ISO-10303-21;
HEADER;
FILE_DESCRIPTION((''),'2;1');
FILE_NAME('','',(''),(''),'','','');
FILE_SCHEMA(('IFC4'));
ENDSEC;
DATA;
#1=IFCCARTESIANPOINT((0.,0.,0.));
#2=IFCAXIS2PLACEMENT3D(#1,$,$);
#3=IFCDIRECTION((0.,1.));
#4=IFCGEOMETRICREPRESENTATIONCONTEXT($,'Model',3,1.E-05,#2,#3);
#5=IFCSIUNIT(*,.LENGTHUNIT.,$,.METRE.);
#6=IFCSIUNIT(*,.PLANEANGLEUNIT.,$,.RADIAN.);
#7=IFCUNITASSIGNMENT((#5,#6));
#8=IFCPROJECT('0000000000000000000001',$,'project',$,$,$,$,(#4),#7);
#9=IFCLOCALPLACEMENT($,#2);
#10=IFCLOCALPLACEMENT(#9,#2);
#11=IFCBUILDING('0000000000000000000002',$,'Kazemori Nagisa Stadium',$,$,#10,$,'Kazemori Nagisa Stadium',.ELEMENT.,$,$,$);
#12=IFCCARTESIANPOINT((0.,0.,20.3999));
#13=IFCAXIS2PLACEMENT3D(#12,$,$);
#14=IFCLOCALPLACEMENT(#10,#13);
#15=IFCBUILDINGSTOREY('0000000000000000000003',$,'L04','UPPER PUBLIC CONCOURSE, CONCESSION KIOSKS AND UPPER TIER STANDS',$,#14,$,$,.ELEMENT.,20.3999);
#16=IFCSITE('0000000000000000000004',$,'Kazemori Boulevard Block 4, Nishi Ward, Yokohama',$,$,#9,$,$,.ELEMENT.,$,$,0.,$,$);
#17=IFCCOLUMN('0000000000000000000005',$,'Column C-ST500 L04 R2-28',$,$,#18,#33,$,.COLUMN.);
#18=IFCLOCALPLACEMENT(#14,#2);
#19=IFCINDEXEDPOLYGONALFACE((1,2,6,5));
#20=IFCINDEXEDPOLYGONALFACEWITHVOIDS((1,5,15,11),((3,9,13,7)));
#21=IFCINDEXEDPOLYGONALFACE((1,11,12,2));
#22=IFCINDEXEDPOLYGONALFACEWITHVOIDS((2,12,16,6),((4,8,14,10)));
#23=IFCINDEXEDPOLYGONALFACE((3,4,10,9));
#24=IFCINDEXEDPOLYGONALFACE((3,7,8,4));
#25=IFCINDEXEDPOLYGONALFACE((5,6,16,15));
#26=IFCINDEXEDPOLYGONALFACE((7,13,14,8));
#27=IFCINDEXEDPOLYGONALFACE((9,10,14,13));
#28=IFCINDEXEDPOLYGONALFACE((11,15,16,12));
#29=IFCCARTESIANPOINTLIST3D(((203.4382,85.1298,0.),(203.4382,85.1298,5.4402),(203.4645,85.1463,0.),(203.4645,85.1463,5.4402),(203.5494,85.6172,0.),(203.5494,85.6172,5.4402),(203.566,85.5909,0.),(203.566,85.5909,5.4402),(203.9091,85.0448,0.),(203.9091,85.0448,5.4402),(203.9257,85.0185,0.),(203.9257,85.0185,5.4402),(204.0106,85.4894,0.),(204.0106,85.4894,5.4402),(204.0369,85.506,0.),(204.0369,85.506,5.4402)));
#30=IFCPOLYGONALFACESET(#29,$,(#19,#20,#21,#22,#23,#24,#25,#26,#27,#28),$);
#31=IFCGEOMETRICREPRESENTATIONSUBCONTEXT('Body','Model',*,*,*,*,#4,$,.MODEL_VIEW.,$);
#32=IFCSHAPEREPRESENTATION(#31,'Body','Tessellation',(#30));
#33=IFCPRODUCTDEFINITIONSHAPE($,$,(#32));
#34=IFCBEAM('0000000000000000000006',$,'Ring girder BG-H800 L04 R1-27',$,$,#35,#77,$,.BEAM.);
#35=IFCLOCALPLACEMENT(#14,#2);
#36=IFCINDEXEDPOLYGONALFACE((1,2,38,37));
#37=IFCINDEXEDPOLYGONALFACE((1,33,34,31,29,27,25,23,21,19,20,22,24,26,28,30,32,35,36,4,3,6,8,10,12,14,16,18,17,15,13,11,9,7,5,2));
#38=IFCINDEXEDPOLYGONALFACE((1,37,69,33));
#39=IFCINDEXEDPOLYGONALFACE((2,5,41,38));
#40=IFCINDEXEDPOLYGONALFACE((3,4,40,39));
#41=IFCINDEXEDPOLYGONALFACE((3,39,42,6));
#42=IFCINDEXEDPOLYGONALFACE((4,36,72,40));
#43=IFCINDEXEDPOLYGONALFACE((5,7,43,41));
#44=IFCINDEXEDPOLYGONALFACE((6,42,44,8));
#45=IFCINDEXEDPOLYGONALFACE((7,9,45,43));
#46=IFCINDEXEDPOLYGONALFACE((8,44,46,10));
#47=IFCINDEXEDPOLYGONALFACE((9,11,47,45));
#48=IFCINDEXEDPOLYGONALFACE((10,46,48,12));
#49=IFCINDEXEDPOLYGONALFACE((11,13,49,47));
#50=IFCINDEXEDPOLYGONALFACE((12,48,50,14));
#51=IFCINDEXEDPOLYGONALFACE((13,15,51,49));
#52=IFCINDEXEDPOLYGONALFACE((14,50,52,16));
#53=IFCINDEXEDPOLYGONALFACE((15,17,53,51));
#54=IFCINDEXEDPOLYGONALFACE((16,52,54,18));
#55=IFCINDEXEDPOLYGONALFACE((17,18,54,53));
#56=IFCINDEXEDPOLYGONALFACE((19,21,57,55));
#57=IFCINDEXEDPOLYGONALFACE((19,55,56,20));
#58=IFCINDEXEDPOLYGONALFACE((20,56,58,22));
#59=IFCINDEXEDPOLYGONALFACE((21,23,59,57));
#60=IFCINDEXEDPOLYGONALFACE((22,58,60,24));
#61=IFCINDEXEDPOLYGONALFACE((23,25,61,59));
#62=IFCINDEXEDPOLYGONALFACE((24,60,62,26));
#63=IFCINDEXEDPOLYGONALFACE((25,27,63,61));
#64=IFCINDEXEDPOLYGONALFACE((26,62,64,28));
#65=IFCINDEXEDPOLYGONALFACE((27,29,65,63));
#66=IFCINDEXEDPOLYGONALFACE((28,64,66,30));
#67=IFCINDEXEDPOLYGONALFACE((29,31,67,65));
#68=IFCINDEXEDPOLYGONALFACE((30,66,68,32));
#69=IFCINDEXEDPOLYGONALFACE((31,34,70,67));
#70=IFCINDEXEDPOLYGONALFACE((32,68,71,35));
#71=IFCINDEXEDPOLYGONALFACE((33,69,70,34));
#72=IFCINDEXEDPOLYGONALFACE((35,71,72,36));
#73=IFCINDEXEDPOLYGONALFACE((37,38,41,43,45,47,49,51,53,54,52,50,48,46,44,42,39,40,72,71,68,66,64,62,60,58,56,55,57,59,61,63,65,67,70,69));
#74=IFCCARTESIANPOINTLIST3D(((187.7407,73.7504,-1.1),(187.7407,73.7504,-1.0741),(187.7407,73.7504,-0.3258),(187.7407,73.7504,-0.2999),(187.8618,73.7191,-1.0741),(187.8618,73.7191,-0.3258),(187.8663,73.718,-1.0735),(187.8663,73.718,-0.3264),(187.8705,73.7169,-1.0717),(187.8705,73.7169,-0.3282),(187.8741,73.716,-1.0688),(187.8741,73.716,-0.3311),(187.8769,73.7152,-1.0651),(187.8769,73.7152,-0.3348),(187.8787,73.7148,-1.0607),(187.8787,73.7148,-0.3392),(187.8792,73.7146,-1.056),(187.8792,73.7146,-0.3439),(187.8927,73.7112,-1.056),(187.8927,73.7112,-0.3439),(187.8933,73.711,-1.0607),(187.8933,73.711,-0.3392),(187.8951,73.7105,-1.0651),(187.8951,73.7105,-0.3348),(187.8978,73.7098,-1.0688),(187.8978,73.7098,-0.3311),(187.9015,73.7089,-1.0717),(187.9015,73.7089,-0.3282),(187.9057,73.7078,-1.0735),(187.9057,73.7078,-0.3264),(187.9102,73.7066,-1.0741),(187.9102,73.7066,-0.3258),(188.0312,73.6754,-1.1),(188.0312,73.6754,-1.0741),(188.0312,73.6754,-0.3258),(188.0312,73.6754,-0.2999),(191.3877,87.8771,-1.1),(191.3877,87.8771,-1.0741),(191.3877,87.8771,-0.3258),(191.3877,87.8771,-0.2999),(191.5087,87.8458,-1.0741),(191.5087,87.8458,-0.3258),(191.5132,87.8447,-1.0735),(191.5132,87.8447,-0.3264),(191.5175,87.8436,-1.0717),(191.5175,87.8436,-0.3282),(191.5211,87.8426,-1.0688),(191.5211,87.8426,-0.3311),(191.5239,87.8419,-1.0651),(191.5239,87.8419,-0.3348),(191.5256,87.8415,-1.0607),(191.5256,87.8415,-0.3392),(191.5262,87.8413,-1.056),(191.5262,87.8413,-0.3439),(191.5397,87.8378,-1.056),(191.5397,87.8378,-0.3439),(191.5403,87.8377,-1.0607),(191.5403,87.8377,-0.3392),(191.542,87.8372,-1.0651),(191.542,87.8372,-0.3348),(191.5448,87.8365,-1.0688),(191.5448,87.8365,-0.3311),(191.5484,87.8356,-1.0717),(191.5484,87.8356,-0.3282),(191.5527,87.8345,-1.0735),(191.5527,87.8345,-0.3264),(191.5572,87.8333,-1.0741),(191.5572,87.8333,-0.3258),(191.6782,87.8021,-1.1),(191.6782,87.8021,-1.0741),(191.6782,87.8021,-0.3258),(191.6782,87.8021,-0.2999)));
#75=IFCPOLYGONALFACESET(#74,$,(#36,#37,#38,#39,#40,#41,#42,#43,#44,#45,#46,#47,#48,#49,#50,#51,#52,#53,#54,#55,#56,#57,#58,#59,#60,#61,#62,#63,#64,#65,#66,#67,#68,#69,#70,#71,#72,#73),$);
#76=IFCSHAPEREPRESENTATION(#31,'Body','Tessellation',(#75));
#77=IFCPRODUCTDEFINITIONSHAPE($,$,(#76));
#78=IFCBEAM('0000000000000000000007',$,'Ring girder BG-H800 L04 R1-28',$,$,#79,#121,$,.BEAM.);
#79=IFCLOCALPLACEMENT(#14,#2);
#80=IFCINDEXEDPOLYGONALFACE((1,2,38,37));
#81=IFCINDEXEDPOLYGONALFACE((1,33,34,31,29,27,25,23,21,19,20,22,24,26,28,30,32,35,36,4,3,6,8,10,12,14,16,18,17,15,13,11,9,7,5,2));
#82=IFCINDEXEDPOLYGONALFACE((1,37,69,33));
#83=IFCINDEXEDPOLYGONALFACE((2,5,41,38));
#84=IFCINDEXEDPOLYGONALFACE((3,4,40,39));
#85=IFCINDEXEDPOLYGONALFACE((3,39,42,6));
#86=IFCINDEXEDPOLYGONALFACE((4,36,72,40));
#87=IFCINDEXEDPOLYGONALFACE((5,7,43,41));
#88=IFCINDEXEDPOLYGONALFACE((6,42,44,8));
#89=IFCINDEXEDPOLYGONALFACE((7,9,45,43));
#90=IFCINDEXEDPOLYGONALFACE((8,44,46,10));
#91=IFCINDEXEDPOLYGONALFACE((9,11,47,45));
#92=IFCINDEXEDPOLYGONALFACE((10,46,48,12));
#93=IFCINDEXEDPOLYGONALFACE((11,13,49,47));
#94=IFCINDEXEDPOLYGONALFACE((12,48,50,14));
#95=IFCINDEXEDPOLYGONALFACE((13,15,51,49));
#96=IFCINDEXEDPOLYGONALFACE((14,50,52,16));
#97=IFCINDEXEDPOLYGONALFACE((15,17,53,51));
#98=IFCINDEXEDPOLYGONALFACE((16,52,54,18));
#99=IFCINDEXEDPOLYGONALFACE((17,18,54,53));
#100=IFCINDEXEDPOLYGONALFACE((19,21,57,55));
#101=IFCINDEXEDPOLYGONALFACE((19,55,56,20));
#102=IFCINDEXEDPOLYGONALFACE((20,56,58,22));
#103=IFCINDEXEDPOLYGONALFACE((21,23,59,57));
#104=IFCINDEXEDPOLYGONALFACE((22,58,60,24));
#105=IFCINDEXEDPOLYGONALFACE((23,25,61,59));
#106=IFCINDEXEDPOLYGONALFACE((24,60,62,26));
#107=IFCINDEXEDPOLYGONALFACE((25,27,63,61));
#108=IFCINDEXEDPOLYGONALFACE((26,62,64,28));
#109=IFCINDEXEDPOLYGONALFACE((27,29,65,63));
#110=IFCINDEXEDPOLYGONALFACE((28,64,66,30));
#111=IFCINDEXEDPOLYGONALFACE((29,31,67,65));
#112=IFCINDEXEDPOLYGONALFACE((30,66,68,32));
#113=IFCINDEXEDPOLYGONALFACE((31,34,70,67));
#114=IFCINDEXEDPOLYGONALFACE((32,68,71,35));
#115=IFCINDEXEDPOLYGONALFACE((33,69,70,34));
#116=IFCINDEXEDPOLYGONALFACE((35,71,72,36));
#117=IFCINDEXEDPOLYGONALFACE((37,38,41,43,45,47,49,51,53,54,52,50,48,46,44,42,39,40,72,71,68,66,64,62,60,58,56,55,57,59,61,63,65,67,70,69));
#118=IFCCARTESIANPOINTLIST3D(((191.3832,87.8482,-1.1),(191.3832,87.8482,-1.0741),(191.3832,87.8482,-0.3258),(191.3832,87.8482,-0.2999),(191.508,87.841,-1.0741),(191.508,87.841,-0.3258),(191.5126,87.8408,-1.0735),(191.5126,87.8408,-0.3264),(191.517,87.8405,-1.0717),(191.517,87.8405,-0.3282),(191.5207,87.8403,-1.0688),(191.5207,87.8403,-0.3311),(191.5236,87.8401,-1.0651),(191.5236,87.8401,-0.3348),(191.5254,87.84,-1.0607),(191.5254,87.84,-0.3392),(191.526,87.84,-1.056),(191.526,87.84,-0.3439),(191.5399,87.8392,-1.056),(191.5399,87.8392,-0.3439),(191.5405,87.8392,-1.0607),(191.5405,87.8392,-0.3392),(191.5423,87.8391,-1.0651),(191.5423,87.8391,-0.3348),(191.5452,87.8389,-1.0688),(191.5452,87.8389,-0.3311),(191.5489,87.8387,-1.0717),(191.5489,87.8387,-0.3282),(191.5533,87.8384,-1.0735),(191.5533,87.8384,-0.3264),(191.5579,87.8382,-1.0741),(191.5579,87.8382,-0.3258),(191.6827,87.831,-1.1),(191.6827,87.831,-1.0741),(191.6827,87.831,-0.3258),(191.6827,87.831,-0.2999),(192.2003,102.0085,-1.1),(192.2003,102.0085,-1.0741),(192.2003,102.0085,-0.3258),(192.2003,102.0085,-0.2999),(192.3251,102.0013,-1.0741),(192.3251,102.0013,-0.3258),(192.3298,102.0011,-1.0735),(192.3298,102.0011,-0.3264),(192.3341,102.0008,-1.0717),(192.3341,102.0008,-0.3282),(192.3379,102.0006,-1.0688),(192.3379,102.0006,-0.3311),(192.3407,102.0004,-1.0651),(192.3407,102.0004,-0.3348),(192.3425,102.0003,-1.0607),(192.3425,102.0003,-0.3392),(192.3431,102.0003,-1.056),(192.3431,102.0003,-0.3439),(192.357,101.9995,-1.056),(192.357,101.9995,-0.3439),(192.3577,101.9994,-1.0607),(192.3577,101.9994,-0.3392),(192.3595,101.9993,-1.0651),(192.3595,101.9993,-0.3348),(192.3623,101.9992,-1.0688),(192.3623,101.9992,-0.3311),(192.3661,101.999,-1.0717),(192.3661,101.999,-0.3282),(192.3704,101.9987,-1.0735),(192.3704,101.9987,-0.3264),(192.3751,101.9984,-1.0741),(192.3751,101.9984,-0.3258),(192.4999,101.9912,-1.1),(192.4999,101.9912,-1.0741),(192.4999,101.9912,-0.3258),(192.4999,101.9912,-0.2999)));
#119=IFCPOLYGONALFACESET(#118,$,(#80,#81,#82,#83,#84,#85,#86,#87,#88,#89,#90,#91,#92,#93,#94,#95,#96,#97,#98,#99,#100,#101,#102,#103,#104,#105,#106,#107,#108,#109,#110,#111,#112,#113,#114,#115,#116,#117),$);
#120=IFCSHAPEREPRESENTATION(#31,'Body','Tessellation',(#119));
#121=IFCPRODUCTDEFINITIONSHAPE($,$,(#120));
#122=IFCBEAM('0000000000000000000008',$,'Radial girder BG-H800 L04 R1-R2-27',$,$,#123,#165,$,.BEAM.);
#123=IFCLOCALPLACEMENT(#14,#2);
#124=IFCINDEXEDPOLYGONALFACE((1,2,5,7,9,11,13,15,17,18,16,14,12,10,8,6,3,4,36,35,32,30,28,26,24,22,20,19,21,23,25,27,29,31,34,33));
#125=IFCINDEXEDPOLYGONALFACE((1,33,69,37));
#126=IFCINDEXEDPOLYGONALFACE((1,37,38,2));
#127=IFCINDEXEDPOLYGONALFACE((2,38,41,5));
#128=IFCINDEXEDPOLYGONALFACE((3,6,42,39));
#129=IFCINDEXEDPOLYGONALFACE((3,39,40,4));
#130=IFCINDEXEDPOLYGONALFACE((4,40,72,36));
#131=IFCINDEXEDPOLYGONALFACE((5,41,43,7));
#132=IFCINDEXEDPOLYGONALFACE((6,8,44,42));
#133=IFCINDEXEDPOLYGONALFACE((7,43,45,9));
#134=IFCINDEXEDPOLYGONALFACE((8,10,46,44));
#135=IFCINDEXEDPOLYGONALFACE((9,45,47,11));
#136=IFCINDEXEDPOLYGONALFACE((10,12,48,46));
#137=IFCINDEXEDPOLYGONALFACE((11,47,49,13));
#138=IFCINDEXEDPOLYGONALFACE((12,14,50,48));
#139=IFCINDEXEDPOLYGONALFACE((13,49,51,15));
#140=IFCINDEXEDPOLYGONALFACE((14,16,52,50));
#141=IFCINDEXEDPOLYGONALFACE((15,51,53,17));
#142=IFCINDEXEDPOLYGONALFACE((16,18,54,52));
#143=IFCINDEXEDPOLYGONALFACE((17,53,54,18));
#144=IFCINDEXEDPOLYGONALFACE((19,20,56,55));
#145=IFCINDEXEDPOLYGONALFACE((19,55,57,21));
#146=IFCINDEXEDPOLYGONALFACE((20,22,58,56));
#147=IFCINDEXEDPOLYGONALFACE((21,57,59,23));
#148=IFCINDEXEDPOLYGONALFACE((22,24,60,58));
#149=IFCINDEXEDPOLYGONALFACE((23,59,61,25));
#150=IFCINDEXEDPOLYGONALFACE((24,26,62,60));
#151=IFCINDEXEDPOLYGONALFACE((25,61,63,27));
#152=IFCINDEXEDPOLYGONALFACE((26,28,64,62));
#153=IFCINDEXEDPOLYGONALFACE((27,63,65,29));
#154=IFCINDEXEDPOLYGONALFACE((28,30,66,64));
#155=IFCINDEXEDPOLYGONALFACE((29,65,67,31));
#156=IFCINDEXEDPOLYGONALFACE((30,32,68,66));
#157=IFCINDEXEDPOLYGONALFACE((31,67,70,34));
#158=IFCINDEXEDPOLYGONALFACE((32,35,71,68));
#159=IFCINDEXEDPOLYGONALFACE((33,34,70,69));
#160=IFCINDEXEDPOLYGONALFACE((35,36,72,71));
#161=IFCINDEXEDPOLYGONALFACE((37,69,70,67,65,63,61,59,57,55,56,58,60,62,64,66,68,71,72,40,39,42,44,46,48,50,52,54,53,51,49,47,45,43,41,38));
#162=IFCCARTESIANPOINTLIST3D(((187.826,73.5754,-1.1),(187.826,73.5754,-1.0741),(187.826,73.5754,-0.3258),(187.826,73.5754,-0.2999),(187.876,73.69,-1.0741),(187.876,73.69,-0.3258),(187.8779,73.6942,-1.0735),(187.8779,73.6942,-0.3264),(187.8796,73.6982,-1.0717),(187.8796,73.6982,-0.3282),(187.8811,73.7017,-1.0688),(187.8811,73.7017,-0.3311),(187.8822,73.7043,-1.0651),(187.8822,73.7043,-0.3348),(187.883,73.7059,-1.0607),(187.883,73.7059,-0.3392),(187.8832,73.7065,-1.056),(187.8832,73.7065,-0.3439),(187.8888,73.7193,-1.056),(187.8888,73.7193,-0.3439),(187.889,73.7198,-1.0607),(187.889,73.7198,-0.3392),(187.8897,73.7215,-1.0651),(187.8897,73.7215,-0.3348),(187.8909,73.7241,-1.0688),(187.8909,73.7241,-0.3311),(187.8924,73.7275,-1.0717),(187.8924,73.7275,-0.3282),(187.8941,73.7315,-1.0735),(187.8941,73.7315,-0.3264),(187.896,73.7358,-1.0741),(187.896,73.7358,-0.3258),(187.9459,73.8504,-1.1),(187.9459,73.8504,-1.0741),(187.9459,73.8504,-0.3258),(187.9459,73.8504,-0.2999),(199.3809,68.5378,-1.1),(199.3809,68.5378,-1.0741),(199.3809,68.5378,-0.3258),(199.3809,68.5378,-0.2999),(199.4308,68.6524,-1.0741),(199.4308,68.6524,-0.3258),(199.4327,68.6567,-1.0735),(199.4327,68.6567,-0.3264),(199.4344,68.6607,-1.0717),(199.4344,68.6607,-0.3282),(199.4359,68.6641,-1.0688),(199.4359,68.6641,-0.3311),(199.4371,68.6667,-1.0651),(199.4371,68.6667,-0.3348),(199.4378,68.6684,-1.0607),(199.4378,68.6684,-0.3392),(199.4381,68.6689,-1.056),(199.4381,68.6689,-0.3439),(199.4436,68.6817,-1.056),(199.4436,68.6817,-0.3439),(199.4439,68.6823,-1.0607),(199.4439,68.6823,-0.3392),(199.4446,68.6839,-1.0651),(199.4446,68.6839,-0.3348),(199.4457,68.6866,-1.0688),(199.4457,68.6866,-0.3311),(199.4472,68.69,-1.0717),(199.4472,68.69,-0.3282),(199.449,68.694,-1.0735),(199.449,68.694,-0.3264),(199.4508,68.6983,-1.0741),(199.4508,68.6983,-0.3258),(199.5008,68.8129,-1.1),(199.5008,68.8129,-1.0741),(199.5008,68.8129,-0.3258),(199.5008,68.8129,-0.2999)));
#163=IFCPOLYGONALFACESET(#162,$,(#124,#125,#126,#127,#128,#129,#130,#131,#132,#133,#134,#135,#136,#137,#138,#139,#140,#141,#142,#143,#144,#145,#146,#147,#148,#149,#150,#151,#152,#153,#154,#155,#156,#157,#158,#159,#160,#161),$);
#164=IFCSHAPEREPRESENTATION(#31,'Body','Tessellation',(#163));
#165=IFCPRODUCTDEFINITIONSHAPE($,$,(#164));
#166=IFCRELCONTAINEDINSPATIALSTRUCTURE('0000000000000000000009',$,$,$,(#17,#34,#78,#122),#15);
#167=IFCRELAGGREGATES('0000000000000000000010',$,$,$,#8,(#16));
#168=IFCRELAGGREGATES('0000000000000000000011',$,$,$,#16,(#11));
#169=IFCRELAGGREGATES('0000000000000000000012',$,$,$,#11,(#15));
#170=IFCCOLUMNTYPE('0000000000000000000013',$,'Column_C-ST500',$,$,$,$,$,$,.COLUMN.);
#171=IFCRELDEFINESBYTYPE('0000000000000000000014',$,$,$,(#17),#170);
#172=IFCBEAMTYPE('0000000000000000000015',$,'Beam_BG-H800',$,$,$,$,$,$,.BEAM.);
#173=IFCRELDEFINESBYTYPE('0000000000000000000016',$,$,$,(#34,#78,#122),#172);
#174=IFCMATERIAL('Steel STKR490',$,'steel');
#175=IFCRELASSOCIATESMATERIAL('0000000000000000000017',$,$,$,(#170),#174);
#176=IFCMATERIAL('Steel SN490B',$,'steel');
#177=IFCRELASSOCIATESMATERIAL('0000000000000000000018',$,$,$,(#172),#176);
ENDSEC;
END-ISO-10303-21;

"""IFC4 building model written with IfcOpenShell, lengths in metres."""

from ifc_helpers import new_model, si_unit, direction, frame, origin, origin_2d, place, context, subcontext, project, spatial, hollow_rectangle, i_section, extrude, material, material_profile, profile_set, type_object, element, save


model = new_model("IFC4")

# Units and contexts
model_context = context("Model", 3, precision=1e-05, world=origin(), true_north=direction((0.0, 1.0)))
body_context = subcontext(model_context, "Body", "Model", "MODEL_VIEW")
ifc_project = project(units=[si_unit("LENGTHUNIT", "METRE"), si_unit("PLANEANGLEUNIT", "RADIAN")], contexts=[model_context])

# Site, building, storey
site_placement = place(None, origin())
site = spatial("IfcSite", under=ifc_project, at=site_placement, Name="Kazemori Boulevard Block 4, Nishi Ward, Yokohama", CompositionType="ELEMENT", RefElevation=0.0)
building_placement = place(site_placement, origin())
building = spatial("IfcBuilding", under=site, at=building_placement, Name="Kazemori Nagisa Stadium", LongName="Kazemori Nagisa Stadium", CompositionType="ELEMENT")
storey_placement = place(building_placement, frame((0.0, 0.0, 20.3999)))
storey = spatial("IfcBuildingStorey", under=building, at=storey_placement, Name="L04", Description="UPPER PUBLIC CONCOURSE, CONCESSION KIOSKS AND UPPER TIER STANDS", CompositionType="ELEMENT", Elevation=20.3999)

# Column
ifc_material_1 = material(Name="Steel STKR490", Category="steel")
ifc_material_profile_1 = material_profile(ifc_material_1, hollow_rectangle(XDim=0.5, YDim=0.5, WallThickness=0.022, at=origin_2d()), Name="SHS-500x500x22")
ifc_profile_set_1 = profile_set([ifc_material_profile_1], Name="Steel STKR490")
column_type = type_object("IfcColumnType", Name="Column_C-ST500", PredefinedType="COLUMN", material=ifc_profile_set_1)
column_placement = place(storey_placement, frame((203.7375, 85.3179, 0.0), z_axis=(0.0, 0.0, 1.0), x_axis=(0.974928, -0.222521, 0.0)))
element("IfcColumn", 1, at=column_placement, inside=storey, type_object=column_type, Name="Column C-ST500 L04 R2-28", PredefinedType="COLUMN", context=body_context, shape_type="SweptSolid", body=[
    extrude(hollow_rectangle(XDim=0.5, YDim=0.5, WallThickness=0.022, at=origin_2d()), origin(), (0.0, 0.0, 1.0), 5.4402),
])

# Beams
ifc_material_2 = material(Name="Steel SN490B", Category="steel")
ifc_material_profile_2 = material_profile(ifc_material_2, i_section(OverallWidth=0.3, OverallDepth=0.8, WebThickness=0.0139, FlangeThickness=0.0259, FilletRadius=0.0181, at=origin_2d()), Name="H-800x300x14x26")
ifc_profile_set_2 = profile_set([ifc_material_profile_2], Name="Steel SN490B")
beam_type_1 = type_object("IfcBeamType", Name="Beam_BG-H800", PredefinedType="BEAM", material=ifc_profile_set_2)
beam_1_placement = place(storey_placement, frame((187.886, 73.7129, -0.7), z_axis=(0.249966, 0.968255, 0.0), x_axis=(-0.968255, 0.249966, 0.0)))
element("IfcBeam", 2, at=beam_1_placement, inside=storey, type_object=beam_type_1, Name="Ring girder BG-H800 L04 R1-27", PredefinedType="BEAM", context=body_context, shape_type="SweptSolid", body=[
    extrude(i_section(OverallWidth=0.3, OverallDepth=0.8, WebThickness=0.0139, FlangeThickness=0.0259, FilletRadius=0.0181, at=origin_2d()), origin(), (0.0, 0.0, 1.0), 14.5898),
])
beam_2_placement = place(storey_placement, frame((191.533, 87.8396, -0.7), z_axis=(0.05761, 0.998339, 0.0), x_axis=(-0.998339, 0.05761, 0.0)))
element("IfcBeam", 3, at=beam_2_placement, inside=storey, type_object=beam_type_1, Name="Ring girder BG-H800 L04 R1-28", PredefinedType="BEAM", context=body_context, shape_type="SweptSolid", body=[
    extrude(i_section(OverallWidth=0.3, OverallDepth=0.8, WebThickness=0.0139, FlangeThickness=0.0259, FilletRadius=0.0181, at=origin_2d()), origin(), (0.0, 0.0, 1.0), 14.1838),
])
beam_3_placement = place(storey_placement, frame((187.886, 73.7129, -0.7), z_axis=(0.916672, -0.399641, 0.0), x_axis=(0.399641, 0.916672, 0.0)))
element("IfcBeam", 4, at=beam_3_placement, inside=storey, type_object=beam_type_1, Name="Radial girder BG-H800 L04 R1-R2-27", PredefinedType="BEAM", context=body_context, shape_type="SweptSolid", body=[
    extrude(i_section(OverallWidth=0.3, OverallDepth=0.8, WebThickness=0.0139, FlangeThickness=0.0259, FilletRadius=0.0181, at=origin_2d()), origin(), (0.0, 0.0, 1.0), 12.6052),
])

save(model, "model.ifc")
